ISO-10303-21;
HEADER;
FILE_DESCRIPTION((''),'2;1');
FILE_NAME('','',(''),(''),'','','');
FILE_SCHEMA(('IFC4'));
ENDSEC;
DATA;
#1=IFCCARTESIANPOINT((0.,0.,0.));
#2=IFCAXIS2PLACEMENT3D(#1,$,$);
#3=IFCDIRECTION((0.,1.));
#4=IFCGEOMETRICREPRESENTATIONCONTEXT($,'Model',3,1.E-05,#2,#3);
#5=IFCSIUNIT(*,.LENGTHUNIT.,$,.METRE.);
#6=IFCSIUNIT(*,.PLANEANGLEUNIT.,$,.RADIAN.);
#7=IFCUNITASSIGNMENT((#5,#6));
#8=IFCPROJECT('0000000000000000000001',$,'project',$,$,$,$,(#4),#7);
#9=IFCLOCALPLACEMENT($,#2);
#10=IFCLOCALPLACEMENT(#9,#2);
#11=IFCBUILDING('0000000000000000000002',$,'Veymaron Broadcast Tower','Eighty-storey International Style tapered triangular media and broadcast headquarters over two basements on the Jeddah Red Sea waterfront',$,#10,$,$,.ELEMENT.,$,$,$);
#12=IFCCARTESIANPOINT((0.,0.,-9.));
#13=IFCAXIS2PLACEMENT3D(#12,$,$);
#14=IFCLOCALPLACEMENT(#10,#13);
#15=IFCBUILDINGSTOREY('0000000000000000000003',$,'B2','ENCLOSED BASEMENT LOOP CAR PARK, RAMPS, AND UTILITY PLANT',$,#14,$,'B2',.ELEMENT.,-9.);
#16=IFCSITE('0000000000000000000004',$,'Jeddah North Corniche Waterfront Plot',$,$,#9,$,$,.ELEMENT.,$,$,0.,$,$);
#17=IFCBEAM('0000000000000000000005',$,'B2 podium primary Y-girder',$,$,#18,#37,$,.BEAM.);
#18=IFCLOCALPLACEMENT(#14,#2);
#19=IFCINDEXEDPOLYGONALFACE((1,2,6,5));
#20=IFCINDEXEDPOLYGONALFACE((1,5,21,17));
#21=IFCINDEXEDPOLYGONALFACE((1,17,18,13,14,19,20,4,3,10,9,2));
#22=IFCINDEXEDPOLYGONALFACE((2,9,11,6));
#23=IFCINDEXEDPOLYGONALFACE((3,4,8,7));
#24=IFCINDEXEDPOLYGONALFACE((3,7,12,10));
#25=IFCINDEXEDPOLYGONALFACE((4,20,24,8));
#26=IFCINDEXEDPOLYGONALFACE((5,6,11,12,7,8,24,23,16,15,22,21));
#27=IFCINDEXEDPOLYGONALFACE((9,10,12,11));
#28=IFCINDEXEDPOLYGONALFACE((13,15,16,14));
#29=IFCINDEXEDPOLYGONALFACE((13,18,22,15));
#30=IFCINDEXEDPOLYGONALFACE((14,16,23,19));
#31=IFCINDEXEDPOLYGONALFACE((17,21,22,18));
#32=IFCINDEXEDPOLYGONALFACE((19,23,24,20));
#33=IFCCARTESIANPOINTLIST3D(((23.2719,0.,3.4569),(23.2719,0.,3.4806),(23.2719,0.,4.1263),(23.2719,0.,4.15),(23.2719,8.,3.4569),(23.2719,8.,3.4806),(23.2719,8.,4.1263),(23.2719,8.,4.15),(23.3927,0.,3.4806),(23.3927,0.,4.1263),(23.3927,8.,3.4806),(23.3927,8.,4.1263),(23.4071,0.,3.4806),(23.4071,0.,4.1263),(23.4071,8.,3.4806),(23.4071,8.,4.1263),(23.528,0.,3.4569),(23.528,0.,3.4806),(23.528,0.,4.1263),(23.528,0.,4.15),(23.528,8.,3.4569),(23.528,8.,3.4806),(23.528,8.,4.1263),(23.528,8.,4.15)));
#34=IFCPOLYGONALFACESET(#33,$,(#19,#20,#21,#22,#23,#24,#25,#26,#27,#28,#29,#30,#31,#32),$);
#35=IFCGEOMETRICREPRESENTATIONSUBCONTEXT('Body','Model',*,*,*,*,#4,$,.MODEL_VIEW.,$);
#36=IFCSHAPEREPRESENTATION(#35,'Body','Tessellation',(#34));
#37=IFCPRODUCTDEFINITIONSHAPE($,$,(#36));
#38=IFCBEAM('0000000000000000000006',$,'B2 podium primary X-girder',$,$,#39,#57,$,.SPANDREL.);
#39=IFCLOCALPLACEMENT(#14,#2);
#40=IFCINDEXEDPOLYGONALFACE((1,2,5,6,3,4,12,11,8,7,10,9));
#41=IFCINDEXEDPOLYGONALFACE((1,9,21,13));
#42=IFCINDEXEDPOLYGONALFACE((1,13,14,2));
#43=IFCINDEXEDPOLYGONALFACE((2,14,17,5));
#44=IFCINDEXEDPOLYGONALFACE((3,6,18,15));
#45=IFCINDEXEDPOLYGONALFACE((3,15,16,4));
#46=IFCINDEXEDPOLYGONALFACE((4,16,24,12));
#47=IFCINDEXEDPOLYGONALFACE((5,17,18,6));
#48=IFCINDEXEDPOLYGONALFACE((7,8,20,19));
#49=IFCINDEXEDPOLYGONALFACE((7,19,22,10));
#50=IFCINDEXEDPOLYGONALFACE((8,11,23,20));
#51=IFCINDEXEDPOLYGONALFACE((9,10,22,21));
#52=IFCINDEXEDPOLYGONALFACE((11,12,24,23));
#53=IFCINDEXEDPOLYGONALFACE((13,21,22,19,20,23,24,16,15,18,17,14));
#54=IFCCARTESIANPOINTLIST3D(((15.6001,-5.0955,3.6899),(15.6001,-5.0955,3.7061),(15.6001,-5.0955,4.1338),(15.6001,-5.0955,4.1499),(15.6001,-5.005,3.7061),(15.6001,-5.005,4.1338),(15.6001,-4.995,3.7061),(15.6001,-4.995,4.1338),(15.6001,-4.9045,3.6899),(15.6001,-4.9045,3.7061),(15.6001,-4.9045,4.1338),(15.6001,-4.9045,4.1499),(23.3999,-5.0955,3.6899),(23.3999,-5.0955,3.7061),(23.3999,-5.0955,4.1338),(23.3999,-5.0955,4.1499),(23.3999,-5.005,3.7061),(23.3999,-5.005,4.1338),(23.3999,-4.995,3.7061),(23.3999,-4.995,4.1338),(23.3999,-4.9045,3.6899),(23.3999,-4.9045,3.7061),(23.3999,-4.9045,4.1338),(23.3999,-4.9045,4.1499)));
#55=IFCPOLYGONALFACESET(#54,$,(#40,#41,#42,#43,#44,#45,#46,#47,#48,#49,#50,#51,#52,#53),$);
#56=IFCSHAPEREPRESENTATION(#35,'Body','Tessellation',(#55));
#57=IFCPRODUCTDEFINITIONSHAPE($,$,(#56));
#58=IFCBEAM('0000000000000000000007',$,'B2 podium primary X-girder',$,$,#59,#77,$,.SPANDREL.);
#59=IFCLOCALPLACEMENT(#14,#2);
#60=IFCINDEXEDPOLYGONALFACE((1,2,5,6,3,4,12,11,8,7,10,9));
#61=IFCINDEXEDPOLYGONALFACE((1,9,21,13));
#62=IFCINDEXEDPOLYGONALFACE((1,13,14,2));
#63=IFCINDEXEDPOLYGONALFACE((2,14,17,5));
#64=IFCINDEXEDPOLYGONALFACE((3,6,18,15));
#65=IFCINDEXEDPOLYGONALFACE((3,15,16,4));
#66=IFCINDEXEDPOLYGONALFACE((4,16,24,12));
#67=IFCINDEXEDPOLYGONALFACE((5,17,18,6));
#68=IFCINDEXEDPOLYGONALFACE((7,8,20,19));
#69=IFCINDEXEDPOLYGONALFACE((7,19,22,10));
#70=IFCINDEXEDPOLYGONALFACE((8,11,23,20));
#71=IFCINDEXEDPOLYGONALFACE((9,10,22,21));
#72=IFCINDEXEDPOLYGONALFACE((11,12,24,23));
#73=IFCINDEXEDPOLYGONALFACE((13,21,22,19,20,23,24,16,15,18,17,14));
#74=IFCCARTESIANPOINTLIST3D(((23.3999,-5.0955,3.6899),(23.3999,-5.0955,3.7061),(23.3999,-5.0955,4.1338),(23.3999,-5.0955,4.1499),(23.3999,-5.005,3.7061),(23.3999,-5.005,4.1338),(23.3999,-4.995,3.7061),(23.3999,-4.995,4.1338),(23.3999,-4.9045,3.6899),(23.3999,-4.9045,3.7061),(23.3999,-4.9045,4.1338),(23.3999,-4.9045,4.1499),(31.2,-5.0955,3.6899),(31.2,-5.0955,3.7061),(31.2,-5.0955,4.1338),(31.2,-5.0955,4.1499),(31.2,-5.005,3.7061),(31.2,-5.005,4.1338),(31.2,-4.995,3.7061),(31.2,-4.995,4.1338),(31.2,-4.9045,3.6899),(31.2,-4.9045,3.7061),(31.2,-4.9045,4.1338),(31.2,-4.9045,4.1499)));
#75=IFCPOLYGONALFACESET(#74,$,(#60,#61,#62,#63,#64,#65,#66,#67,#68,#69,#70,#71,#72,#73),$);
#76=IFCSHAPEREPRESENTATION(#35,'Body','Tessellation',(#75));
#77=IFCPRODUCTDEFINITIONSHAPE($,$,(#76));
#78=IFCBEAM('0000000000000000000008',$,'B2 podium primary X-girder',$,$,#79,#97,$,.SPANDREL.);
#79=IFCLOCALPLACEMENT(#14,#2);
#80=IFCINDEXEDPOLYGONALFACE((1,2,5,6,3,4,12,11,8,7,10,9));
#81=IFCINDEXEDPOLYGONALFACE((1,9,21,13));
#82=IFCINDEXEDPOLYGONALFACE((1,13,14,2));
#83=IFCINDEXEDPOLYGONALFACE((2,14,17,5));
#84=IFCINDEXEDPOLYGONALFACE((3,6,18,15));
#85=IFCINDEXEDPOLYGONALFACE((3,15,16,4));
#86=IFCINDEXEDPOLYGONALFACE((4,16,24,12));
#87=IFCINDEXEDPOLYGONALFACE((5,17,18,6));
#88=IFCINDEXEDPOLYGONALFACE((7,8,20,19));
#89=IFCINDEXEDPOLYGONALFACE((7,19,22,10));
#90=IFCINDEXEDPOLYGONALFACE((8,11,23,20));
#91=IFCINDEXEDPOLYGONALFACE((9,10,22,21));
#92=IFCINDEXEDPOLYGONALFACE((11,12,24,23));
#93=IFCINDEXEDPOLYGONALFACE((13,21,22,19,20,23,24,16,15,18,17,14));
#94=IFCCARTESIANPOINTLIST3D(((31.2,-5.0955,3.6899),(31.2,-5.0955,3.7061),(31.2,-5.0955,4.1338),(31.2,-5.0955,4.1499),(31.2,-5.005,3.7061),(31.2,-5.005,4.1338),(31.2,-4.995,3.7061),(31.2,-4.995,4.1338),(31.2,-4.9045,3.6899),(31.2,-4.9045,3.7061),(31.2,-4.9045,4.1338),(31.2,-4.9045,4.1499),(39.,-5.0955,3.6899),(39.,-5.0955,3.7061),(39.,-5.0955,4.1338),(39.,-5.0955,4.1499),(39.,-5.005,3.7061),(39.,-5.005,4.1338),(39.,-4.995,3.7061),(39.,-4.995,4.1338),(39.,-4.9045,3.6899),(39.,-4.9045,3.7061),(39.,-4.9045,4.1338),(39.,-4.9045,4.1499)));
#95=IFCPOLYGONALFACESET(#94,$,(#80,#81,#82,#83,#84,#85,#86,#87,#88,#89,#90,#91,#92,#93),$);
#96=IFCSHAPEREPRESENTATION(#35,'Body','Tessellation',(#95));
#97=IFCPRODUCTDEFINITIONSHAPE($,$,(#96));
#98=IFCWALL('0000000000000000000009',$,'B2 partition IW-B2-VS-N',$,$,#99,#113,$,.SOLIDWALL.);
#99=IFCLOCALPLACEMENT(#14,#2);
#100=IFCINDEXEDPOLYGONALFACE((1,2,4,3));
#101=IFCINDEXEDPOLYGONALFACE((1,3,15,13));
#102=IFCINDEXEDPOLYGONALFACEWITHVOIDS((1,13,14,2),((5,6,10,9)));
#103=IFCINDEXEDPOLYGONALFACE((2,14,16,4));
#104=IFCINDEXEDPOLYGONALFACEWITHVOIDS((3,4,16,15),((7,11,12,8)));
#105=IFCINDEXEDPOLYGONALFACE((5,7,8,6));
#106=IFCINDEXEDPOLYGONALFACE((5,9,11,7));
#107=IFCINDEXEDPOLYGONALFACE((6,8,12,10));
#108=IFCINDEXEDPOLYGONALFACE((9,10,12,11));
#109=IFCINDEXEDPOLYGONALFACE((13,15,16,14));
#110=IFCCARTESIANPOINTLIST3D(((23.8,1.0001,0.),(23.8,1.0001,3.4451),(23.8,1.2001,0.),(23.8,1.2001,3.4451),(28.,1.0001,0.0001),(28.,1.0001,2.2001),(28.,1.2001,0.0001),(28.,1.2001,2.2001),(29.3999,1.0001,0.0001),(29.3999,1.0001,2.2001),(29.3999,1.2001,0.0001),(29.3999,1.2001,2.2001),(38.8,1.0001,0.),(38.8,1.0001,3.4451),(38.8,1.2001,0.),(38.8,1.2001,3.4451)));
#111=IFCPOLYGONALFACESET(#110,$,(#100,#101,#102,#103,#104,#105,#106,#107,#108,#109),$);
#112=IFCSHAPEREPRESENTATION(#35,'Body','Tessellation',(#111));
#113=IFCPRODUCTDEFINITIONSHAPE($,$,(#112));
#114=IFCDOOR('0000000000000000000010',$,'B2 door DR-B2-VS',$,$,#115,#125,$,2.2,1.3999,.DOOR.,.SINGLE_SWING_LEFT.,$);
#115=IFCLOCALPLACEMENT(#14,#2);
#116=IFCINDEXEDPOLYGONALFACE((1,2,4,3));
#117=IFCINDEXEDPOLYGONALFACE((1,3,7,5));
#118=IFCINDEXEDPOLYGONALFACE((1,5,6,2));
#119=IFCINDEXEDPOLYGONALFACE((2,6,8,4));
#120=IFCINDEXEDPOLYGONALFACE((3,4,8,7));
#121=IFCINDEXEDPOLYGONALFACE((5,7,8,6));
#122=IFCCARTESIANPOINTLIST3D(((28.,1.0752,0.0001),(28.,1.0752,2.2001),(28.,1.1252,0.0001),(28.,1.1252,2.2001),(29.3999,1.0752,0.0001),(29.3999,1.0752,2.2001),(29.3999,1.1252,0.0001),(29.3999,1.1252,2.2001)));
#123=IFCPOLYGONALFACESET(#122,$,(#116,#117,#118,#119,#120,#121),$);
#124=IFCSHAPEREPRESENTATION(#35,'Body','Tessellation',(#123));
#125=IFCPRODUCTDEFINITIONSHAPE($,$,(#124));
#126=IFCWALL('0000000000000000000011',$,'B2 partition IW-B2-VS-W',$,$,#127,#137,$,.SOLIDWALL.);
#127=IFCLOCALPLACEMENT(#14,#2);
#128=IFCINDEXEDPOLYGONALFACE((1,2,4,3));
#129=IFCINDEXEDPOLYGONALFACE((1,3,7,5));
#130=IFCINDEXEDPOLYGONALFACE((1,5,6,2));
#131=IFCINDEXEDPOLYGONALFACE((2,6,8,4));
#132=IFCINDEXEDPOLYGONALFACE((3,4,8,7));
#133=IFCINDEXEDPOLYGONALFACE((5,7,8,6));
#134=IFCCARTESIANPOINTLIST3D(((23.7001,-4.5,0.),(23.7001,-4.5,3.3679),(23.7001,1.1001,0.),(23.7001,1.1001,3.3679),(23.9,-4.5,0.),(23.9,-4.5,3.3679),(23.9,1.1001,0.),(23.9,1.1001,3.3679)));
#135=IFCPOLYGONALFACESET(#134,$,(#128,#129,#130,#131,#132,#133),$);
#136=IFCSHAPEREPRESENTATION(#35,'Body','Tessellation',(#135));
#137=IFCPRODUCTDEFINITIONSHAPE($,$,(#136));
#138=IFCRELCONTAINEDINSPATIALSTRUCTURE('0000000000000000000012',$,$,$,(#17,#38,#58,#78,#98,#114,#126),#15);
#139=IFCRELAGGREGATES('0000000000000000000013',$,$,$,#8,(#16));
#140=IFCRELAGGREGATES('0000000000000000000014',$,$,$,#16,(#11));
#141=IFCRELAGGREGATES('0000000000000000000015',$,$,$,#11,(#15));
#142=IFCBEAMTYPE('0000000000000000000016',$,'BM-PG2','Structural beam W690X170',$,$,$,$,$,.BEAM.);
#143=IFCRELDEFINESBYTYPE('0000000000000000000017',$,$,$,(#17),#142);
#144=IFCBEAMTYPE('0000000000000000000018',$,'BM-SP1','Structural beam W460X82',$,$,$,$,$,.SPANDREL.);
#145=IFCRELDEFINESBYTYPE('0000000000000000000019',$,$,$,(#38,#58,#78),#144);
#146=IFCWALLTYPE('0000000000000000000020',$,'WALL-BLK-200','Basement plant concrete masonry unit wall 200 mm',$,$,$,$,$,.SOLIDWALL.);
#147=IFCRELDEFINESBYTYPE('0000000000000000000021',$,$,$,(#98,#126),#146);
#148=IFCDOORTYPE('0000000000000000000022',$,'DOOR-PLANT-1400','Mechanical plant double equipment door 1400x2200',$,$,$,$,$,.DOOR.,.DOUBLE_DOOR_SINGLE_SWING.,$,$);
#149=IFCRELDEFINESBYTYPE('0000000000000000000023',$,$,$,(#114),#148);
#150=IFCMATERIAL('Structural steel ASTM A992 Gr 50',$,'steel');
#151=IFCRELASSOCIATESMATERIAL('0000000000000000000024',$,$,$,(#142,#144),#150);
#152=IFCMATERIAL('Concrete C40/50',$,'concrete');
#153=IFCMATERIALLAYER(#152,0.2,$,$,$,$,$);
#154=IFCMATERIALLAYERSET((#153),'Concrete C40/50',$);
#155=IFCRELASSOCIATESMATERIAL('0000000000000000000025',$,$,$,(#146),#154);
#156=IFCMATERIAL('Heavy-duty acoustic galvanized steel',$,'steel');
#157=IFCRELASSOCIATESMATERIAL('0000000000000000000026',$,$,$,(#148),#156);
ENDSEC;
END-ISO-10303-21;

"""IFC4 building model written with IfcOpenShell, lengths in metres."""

from ifc_helpers import new_model, si_unit, direction, frame, frame_2d, origin, origin_2d, place, context, subcontext, project, spatial, rectangle, i_section, extrude, material, layer, layer_set, material_profile, profile_set, type_object, element, fill, save


model = new_model("IFC4")

# Units and contexts
model_context = context("Model", 3, precision=1e-05, world=origin(), true_north=direction((0.0, 1.0)))
body_context = subcontext(model_context, "Body", "Model", "MODEL_VIEW")
ifc_project = project(units=[si_unit("LENGTHUNIT", "METRE"), si_unit("PLANEANGLEUNIT", "RADIAN")], contexts=[model_context])

# Site, building, storey
site_placement = place(None, origin())
site = spatial("IfcSite", under=ifc_project, at=site_placement, Name="Jeddah North Corniche Waterfront Plot", CompositionType="ELEMENT", RefElevation=0.0)
building_placement = place(site_placement, origin())
building = spatial("IfcBuilding", under=site, at=building_placement, Name="Veymaron Broadcast Tower", Description="Eighty-storey International Style tapered triangular media and broadcast headquarters over two basements on the Jeddah Red Sea waterfront", CompositionType="ELEMENT")
storey_placement = place(building_placement, frame((0.0, 0.0, -9.0)))
storey = spatial("IfcBuildingStorey", under=building, at=storey_placement, Name="B2", Description="ENCLOSED BASEMENT LOOP CAR PARK, RAMPS, AND UTILITY PLANT", LongName="B2", CompositionType="ELEMENT", Elevation=-9.0)

# Beams
ifc_material_1 = material(Name="Structural steel ASTM A992 Gr 50", Category="steel")
ifc_material_profile_1 = material_profile(ifc_material_1, i_section(OverallWidth=0.2561, OverallDepth=0.6931, WebThickness=0.0144, FlangeThickness=0.0237, at=origin_2d()), Name="W690X170")
ifc_profile_set_1 = profile_set([ifc_material_profile_1], Name="Structural steel ASTM A992 Gr 50")
beam_type_1 = type_object("IfcBeamType", Name="BM-PG2", Description="Structural beam W690X170", PredefinedType="BEAM", material=ifc_profile_set_1)
beam_1_placement = place(storey_placement, frame((23.3999, 0.0, 3.8035), z_axis=(0.0, 1.0, 0.0), x_axis=(-1.0, 0.0, 0.0)))
element("IfcBeam", 1, at=beam_1_placement, inside=storey, type_object=beam_type_1, Name="B2 podium primary Y-girder", PredefinedType="BEAM", context=body_context, shape_type="SweptSolid", body=[
    extrude(i_section(OverallWidth=0.2561, OverallDepth=0.6931, WebThickness=0.0144, FlangeThickness=0.0237, at=origin_2d()), origin(), (0.0, 0.0, 1.0), 8.0),
])
ifc_material_profile_2 = material_profile(ifc_material_1, i_section(OverallWidth=0.1909, OverallDepth=0.46, WebThickness=0.01, FlangeThickness=0.0161, at=origin_2d()), Name="W460X82")
ifc_profile_set_2 = profile_set([ifc_material_profile_2], Name="Structural steel ASTM A992 Gr 50")
beam_type_2 = type_object("IfcBeamType", Name="BM-SP1", Description="Structural beam W460X82", PredefinedType="SPANDREL", material=ifc_profile_set_2)
beam_2_placement = place(storey_placement, frame((15.6001, -5.0, 3.9199), z_axis=(1.0, 0.0, 0.0), x_axis=(0.0, 1.0, 0.0)))
element("IfcBeam", 2, at=beam_2_placement, inside=storey, type_object=beam_type_2, Name="B2 podium primary X-girder", PredefinedType="SPANDREL", context=body_context, shape_type="SweptSolid", body=[
    extrude(i_section(OverallWidth=0.1909, OverallDepth=0.46, WebThickness=0.01, FlangeThickness=0.0161, at=origin_2d()), origin(), (0.0, 0.0, 1.0), 7.7998),
])
for number, where, z_axis, x_axis, name in (
    (3, (23.3999, -5.0, 3.9199), (1.0, 0.0, 0.0), (0.0, 1.0, 0.0), "B2 podium primary X-girder"),
    (4, (31.2, -5.0, 3.9199), (1.0, 0.0, 0.0), (0.0, 1.0, 0.0), "B2 podium primary X-girder"),
):
    element("IfcBeam", number, at=place(storey_placement, frame(where, z_axis=z_axis, x_axis=x_axis)), inside=storey, type_object=beam_type_2, Name=name, PredefinedType="SPANDREL", context=body_context, shape_type="SweptSolid", body=[
        extrude(i_section(OverallWidth=0.1909, OverallDepth=0.46, WebThickness=0.01, FlangeThickness=0.0161, at=origin_2d()), origin(), (0.0, 0.0, 1.0), 7.8),
    ])

# Wall, opening, door
ifc_material_2 = material(Name="Concrete C40/50", Category="concrete")
ifc_layer = layer(ifc_material_2, 0.2)
ifc_layer_set = layer_set([ifc_layer], Name="Concrete C40/50")
wall_type = type_object("IfcWallType", Name="WALL-BLK-200", Description="Basement plant concrete masonry unit wall 200 mm", PredefinedType="SOLIDWALL", material=ifc_layer_set)
wall_1_placement = place(storey_placement, frame((23.8, 1.1001, 0.0), z_axis=(0.0, 0.0, 1.0), x_axis=(1.0, 0.0, 0.0)))
wall_1 = element("IfcWall", 5, at=wall_1_placement, inside=storey, type_object=wall_type, Name="B2 partition IW-B2-VS-N", PredefinedType="SOLIDWALL", context=body_context, shape_type="SweptSolid", body=[
    extrude(rectangle(XDim=15.0, YDim=0.2, at=frame_2d((7.5, 0.0))), origin(), (0.0, 0.0, 1.0), 3.4451),
])
opening_placement = place(wall_1_placement, frame((4.2, 0.0, 0.0)))
opening = element("IfcOpeningElement", 6, at=opening_placement, cuts=wall_1, PredefinedType="OPENING", context=body_context, shape_type="SweptSolid", body=[
    extrude(rectangle(XDim=1.3999, YDim=2.2, at=frame_2d((0.7, 1.1001))), frame((0.0, 0.1099, 0.0), z_axis=(0.0, -1.0, 0.0), x_axis=(1.0, 0.0, 0.0)), (0.0, 0.0, 1.0), 0.22),
])
ifc_material_3 = material(Name="Heavy-duty acoustic galvanized steel", Category="steel")
door_type = type_object("IfcDoorType", Name="DOOR-PLANT-1400", Description="Mechanical plant double equipment door 1400x2200", OperationType="DOUBLE_DOOR_SINGLE_SWING", PredefinedType="DOOR", material=ifc_material_3)
door_placement = place(opening_placement, frame((1.3999, 0.0, 0.0), z_axis=(0.0, 0.0, 1.0), x_axis=(-1.0, 0.0, 0.0)))
door = element("IfcDoor", 7, at=door_placement, inside=storey, type_object=door_type, Name="B2 door DR-B2-VS", OperationType="SINGLE_SWING_LEFT", OverallHeight=2.2, OverallWidth=1.3999, PredefinedType="DOOR", context=body_context, shape_type="SweptSolid", body=[
    extrude(rectangle(XDim=1.3999, YDim=2.2, at=frame_2d((0.7, 1.1001))), frame((0.0, 0.0249, 0.0), z_axis=(0.0, -1.0, 0.0), x_axis=(1.0, 0.0, 0.0)), (0.0, 0.0, 1.0), 0.05),
])
fill(opening, door)

# Wall
wall_2_placement = place(storey_placement, frame((23.8, -4.5, 0.0), z_axis=(0.0, 0.0, 1.0), x_axis=(0.0, 1.0, 0.0)))
element("IfcWall", 8, at=wall_2_placement, inside=storey, type_object=wall_type, Name="B2 partition IW-B2-VS-W", PredefinedType="SOLIDWALL", context=body_context, shape_type="SweptSolid", body=[
    extrude(rectangle(XDim=5.6001, YDim=0.2, at=frame_2d((2.8, 0.0))), origin(), (0.0, 0.0, 1.0), 3.3679),
])

save(model, "model.ifc")
